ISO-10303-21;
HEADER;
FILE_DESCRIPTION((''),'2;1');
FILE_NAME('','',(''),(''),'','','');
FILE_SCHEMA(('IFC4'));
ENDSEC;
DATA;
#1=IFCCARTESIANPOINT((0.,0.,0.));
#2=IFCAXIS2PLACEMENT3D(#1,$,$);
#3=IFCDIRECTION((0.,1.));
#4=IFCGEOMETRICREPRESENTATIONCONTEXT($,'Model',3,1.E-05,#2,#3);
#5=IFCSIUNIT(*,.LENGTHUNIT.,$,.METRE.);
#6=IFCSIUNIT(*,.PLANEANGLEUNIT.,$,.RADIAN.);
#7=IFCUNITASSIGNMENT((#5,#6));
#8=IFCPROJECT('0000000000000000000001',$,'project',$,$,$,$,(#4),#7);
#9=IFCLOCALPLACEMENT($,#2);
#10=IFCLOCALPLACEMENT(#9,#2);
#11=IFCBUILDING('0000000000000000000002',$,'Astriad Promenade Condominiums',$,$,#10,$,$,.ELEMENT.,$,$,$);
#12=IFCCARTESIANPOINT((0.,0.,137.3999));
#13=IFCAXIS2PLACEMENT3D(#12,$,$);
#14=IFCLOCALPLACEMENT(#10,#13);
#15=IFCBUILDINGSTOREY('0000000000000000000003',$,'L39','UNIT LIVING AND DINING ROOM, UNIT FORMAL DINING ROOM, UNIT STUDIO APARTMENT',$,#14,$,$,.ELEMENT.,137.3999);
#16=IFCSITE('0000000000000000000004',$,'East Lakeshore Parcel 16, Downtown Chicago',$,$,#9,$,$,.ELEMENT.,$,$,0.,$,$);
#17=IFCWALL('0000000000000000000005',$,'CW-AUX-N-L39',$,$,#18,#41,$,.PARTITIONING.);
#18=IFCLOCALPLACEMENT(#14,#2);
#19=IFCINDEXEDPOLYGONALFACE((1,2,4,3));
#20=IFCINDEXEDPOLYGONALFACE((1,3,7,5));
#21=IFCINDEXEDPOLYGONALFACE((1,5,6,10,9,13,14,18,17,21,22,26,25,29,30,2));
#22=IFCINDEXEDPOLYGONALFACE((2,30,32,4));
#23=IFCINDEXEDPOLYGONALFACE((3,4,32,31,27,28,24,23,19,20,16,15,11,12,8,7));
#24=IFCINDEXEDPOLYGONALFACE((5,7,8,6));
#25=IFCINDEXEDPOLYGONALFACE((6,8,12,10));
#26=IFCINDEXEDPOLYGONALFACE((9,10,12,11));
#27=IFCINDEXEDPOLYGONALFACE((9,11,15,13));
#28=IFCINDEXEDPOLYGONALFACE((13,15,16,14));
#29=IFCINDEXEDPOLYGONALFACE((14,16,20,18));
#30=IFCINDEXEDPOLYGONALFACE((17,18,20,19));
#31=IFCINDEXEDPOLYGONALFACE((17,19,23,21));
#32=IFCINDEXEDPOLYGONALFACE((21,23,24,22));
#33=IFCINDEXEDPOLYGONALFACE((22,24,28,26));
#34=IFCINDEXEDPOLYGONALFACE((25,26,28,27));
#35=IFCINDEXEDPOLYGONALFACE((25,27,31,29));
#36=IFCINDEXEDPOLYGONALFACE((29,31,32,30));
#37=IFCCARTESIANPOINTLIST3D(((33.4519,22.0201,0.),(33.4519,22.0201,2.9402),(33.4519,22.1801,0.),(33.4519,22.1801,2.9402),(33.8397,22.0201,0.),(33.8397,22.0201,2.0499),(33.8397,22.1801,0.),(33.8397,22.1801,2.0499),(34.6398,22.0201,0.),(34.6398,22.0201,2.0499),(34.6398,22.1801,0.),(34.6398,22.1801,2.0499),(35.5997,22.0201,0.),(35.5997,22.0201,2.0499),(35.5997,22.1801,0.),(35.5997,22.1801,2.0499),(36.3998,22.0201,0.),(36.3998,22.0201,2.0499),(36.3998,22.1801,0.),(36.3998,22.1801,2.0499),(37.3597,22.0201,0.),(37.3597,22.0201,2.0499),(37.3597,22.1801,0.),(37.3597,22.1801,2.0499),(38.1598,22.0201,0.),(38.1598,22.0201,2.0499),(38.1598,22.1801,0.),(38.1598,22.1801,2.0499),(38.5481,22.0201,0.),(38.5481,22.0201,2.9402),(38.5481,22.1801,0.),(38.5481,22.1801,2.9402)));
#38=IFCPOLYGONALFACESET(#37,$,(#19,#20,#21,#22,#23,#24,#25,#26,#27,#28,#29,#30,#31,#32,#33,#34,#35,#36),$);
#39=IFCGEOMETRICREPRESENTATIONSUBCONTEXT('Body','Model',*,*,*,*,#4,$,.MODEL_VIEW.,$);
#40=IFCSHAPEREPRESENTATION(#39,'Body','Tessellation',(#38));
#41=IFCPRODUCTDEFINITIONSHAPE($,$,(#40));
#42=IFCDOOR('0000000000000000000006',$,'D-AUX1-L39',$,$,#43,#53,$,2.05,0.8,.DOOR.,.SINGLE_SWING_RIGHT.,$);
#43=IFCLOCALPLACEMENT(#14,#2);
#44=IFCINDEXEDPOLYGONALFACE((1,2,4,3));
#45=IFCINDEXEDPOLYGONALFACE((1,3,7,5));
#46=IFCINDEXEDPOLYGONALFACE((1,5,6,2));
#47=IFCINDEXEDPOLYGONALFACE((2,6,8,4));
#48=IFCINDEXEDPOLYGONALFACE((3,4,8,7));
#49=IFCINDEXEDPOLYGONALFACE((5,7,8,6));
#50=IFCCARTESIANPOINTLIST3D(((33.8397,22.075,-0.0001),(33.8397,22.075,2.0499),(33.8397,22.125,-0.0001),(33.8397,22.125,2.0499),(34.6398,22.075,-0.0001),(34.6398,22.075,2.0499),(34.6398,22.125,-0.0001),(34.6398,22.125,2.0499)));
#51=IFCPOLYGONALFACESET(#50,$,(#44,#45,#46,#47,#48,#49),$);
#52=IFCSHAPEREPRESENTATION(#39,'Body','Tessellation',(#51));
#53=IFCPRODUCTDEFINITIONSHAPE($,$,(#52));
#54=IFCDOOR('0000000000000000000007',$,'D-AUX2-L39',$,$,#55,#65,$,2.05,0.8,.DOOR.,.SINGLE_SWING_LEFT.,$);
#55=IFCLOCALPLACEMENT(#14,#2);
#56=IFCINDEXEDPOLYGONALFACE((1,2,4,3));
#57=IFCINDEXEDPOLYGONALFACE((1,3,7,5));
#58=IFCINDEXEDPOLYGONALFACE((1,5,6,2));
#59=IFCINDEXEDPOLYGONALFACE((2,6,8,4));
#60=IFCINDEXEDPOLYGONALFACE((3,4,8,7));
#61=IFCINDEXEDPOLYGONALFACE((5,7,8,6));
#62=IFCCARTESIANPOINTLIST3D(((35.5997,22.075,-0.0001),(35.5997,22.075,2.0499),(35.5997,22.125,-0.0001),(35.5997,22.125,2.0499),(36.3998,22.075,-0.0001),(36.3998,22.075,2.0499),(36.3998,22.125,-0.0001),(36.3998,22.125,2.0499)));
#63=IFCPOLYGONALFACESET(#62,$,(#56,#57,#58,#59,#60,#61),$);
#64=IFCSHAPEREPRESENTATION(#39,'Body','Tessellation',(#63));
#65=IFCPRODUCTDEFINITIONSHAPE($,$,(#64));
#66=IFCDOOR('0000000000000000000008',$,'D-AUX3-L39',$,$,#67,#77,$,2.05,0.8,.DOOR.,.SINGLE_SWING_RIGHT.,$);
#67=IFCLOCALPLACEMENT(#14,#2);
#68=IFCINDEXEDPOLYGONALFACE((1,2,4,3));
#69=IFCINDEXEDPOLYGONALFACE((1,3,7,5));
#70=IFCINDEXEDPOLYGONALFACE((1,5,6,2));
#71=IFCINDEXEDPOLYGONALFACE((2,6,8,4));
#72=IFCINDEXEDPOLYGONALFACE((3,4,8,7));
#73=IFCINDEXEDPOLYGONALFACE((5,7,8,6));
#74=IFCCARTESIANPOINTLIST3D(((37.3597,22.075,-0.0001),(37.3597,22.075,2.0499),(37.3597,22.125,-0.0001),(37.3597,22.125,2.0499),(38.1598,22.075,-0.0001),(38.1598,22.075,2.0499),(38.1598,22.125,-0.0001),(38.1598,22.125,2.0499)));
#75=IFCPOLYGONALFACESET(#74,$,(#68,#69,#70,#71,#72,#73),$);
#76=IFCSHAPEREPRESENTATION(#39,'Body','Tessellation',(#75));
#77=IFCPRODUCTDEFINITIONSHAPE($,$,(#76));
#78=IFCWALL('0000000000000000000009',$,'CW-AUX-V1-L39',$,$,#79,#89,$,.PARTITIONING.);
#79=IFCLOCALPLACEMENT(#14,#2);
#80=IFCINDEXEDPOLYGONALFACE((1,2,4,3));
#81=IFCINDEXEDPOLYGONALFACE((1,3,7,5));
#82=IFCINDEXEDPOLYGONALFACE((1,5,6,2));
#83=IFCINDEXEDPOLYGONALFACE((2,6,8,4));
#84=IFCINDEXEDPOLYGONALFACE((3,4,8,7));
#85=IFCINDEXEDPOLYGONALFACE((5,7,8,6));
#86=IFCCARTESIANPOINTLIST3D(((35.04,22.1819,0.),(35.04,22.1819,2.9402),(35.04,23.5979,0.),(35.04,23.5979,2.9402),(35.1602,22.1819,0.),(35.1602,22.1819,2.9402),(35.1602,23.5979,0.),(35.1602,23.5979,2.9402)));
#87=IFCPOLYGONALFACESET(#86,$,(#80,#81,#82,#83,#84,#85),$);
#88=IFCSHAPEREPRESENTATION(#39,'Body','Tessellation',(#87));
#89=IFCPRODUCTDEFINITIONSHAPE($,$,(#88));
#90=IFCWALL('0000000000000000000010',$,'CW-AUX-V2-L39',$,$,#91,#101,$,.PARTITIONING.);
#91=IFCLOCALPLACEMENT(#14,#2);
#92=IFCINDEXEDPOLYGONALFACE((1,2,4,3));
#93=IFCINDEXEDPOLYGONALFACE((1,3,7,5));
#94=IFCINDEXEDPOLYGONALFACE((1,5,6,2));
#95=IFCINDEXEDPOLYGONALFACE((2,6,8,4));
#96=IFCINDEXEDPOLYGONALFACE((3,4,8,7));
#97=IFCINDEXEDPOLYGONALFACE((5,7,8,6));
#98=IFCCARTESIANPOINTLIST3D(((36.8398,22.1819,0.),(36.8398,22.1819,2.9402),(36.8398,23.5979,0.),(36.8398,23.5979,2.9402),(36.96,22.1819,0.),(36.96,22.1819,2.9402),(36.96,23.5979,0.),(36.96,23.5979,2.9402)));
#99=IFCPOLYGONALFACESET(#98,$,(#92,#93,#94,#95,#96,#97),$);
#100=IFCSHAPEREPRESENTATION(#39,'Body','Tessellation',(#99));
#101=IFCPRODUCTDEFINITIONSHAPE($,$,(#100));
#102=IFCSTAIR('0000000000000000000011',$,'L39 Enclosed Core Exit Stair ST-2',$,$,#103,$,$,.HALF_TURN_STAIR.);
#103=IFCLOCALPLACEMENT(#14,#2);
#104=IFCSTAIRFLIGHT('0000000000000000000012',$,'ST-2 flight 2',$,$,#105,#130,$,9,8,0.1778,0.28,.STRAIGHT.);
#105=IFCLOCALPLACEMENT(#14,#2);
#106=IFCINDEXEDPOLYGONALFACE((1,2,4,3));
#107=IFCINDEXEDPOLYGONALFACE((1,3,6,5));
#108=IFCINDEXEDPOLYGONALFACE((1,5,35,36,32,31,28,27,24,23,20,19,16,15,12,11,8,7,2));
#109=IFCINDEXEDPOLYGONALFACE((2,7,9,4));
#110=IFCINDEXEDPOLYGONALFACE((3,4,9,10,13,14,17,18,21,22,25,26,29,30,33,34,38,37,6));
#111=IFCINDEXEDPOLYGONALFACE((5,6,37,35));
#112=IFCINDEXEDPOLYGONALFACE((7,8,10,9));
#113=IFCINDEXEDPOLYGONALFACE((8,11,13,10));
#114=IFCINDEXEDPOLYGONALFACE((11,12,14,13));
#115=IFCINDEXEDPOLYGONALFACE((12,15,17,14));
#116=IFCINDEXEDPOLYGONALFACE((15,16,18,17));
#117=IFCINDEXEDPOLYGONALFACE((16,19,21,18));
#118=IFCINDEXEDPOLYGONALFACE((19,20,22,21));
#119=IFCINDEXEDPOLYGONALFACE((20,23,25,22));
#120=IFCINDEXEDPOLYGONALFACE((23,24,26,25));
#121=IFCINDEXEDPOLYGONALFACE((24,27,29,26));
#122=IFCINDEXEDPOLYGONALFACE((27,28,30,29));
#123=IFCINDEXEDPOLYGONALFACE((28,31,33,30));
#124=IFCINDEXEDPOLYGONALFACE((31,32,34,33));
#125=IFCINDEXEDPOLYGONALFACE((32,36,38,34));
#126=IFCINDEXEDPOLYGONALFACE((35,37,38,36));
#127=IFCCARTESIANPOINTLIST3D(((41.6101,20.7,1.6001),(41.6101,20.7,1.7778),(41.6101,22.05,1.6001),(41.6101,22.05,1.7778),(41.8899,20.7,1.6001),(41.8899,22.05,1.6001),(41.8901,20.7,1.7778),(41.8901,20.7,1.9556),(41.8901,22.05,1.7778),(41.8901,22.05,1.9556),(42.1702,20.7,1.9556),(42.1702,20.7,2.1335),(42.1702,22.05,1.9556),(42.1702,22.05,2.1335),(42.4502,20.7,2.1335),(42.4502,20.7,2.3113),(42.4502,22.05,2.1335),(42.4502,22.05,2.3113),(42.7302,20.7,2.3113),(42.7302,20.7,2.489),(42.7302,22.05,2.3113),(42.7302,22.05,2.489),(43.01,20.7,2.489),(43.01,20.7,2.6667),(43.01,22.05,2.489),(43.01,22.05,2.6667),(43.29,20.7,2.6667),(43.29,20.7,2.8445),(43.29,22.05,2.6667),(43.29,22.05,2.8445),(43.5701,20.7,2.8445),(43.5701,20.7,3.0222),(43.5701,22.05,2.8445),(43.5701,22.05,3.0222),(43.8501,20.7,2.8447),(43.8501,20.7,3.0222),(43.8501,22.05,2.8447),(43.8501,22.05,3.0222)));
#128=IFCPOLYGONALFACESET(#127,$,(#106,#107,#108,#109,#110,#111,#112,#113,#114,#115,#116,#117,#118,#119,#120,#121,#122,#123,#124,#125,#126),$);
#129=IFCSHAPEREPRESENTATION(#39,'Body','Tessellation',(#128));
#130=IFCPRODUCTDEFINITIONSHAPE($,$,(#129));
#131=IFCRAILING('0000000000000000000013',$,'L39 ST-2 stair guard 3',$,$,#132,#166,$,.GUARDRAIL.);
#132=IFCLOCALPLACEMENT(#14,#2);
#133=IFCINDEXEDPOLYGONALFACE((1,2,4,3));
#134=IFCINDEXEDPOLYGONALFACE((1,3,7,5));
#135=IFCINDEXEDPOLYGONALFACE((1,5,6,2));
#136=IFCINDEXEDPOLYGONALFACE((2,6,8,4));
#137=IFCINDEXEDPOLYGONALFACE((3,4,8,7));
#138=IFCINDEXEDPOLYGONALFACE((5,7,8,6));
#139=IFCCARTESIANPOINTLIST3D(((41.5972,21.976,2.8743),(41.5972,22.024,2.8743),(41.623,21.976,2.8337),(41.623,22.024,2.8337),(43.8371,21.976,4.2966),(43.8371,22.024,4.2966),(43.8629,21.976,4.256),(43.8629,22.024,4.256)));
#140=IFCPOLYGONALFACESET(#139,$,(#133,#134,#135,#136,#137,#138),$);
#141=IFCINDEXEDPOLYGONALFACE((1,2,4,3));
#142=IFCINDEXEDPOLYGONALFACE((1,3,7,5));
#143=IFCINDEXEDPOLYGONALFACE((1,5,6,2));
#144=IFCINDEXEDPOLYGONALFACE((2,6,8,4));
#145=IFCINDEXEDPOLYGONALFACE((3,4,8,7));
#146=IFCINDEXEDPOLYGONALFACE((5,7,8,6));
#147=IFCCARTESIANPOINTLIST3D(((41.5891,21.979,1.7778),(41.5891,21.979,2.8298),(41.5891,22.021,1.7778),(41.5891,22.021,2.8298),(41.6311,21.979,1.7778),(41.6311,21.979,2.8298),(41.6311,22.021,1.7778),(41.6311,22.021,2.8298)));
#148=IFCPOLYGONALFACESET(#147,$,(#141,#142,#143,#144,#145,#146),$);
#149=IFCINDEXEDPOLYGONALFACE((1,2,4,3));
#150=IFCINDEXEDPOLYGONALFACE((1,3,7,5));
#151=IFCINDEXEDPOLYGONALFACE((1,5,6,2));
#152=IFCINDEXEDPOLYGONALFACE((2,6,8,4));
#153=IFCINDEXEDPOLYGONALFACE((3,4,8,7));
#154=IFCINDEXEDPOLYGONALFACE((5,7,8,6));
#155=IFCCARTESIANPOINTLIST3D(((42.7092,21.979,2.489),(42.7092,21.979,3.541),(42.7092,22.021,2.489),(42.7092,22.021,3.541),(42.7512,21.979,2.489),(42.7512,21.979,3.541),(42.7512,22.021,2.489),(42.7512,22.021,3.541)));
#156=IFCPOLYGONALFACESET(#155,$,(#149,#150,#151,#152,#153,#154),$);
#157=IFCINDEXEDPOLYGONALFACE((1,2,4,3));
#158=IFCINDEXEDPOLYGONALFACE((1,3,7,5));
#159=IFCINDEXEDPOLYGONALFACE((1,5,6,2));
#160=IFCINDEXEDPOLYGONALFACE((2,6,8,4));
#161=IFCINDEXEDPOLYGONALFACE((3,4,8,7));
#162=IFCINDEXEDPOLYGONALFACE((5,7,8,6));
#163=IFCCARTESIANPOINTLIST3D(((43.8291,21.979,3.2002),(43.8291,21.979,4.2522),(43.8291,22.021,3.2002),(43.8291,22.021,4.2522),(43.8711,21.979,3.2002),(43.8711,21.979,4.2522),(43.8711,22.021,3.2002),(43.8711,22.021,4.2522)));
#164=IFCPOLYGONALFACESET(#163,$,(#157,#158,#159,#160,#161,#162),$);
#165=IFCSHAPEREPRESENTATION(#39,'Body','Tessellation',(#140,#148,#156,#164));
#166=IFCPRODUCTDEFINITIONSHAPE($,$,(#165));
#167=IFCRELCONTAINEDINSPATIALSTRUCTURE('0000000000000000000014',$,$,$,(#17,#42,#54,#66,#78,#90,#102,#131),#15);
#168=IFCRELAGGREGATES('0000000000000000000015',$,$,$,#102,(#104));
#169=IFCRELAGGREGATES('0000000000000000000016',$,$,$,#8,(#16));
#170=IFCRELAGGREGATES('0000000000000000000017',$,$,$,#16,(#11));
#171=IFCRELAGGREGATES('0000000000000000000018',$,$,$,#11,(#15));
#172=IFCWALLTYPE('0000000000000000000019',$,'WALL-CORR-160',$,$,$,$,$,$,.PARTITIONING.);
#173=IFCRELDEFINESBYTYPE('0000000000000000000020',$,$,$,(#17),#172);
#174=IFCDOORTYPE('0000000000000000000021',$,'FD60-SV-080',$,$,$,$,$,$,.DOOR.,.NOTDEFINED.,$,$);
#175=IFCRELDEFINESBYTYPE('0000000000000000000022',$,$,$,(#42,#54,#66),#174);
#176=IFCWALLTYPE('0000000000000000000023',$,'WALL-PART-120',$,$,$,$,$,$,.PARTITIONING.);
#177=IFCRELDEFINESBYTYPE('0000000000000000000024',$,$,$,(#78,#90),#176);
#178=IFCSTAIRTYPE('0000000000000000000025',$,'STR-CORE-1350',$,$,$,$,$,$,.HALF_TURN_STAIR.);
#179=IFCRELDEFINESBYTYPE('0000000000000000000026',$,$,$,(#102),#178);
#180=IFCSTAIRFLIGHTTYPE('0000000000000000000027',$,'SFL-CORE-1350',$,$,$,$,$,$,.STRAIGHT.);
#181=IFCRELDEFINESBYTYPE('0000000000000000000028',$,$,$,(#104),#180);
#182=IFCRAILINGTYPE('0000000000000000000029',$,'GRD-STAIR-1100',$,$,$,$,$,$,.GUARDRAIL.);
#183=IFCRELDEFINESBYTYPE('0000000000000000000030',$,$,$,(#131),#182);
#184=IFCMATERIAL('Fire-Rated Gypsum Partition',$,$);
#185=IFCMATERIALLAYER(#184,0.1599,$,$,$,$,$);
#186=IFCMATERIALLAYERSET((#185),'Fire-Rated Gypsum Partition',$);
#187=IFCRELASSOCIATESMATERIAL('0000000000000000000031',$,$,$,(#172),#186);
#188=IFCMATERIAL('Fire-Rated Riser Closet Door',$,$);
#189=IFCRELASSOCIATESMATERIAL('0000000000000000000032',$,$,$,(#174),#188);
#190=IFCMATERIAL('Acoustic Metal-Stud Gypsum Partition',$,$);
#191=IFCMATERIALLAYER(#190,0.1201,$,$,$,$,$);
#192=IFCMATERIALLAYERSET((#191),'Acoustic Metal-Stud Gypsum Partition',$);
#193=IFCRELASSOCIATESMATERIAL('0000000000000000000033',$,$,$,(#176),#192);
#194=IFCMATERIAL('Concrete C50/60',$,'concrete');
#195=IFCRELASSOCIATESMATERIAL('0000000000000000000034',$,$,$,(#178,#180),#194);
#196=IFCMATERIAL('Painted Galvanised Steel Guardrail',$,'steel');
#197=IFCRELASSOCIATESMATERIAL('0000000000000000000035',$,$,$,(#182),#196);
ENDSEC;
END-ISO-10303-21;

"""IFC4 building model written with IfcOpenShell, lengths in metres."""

from ifc_helpers import new_model, si_unit, direction, frame, frame_2d, origin, origin_2d, place, context, subcontext, project, spatial, polyline, rectangle, outline, extrude, source, transform, mapped, material, layer, layer_set, type_object, type_shapes, element, fill, aggregate, save


model = new_model("IFC4")

# Units and contexts
model_context = context("Model", 3, precision=1e-05, world=origin(), true_north=direction((0.0, 1.0)))
body_context = subcontext(model_context, "Body", "Model", "MODEL_VIEW")
ifc_project = project(units=[si_unit("LENGTHUNIT", "METRE"), si_unit("PLANEANGLEUNIT", "RADIAN")], contexts=[model_context])

# Site, building, storey
site_placement = place(None, origin())
site = spatial("IfcSite", under=ifc_project, at=site_placement, Name="East Lakeshore Parcel 16, Downtown Chicago", CompositionType="ELEMENT", RefElevation=0.0)
building_placement = place(site_placement, origin())
building = spatial("IfcBuilding", under=site, at=building_placement, Name="Astriad Promenade Condominiums", CompositionType="ELEMENT")
storey_placement = place(building_placement, frame((0.0, 0.0, 137.3999)))
storey = spatial("IfcBuildingStorey", under=building, at=storey_placement, Name="L39", Description="UNIT LIVING AND DINING ROOM, UNIT FORMAL DINING ROOM, UNIT STUDIO APARTMENT", CompositionType="ELEMENT", Elevation=137.3999)

# Shared definitions
ifc_material_1 = material(Name="Concrete C50/60", Category="concrete")

# Shared definitions
ifc_material_2 = material(Name="Fire-Rated Gypsum Partition")
ifc_layer_1 = layer(ifc_material_2, 0.1599)
ifc_layer_set_1 = layer_set([ifc_layer_1], Name="Fire-Rated Gypsum Partition")
wall_type_1 = type_object("IfcWallType", Name="WALL-CORR-160", PredefinedType="PARTITIONING", material=ifc_layer_set_1)

# Wall, openings, doors
wall_1_placement = place(storey_placement, frame((33.4519, 22.1001, 0.0), z_axis=(0.0, 0.0, 1.0), x_axis=(1.0, 0.0, 0.0)))
wall_1 = element("IfcWall", 1, at=wall_1_placement, inside=storey, type_object=wall_type_1, Name="CW-AUX-N-L39", PredefinedType="PARTITIONING", context=body_context, shape_type="SweptSolid", body=[
    extrude(rectangle(XDim=5.0962, YDim=0.1599, at=frame_2d((2.5481, 0.0))), origin(), (0.0, 0.0, 1.0), 2.9402),
])
opening_1_placement = place(wall_1_placement, frame((0.3879, 0.0, 0.0)))
opening_1 = element("IfcOpeningElement", 2, at=opening_1_placement, cuts=wall_1, PredefinedType="OPENING", context=body_context, shape_type="SweptSolid", body=[
    extrude(rectangle(XDim=0.8, YDim=2.05, at=frame_2d((0.3999, 1.0249))), frame((0.0, 0.0898, 0.0), z_axis=(0.0, -1.0, 0.0), x_axis=(1.0, 0.0, 0.0)), (0.0, 0.0, 1.0), 0.1799),
])
opening_2_placement = place(wall_1_placement, frame((2.1479, 0.0, 0.0)))
opening_2 = element("IfcOpeningElement", 3, at=opening_2_placement, cuts=wall_1, PredefinedType="OPENING", context=body_context, shape_type="SweptSolid", body=[
    extrude(rectangle(XDim=0.8, YDim=2.05, at=frame_2d((0.3999, 1.0249))), frame((0.0, 0.0898, 0.0), z_axis=(0.0, -1.0, 0.0), x_axis=(1.0, 0.0, 0.0)), (0.0, 0.0, 1.0), 0.1799),
])
opening_3_placement = place(wall_1_placement, frame((3.908, 0.0, 0.0)))
opening_3 = element("IfcOpeningElement", 4, at=opening_3_placement, cuts=wall_1, PredefinedType="OPENING", context=body_context, shape_type="SweptSolid", body=[
    extrude(rectangle(XDim=0.8, YDim=2.05, at=frame_2d((0.3999, 1.0249))), frame((0.0, 0.0898, 0.0), z_axis=(0.0, -1.0, 0.0), x_axis=(1.0, 0.0, 0.0)), (0.0, 0.0, 1.0), 0.1799),
])
ifc_material_3 = material(Name="Fire-Rated Riser Closet Door")
door_type_1 = type_object("IfcDoorType", Name="FD60-SV-080", OperationType="NOTDEFINED", PredefinedType="DOOR", material=ifc_material_3)
shared_shape_1 = source(origin(), body_context, "Body", "SweptSolid", [
    extrude(rectangle(XDim=0.8, YDim=2.05, at=frame_2d((0.3999, 1.0249))), frame((0.0, 0.0249, 0.0), z_axis=(0.0, -1.0, 0.0), x_axis=(1.0, 0.0, 0.0)), (0.0, 0.0, 1.0), 0.05),
])
type_shapes(door_type_1, [shared_shape_1])
door_1_placement = place(opening_1_placement, origin())
door_1 = element("IfcDoor", 5, at=door_1_placement, inside=storey, type_object=door_type_1, Name="D-AUX1-L39", OperationType="SINGLE_SWING_RIGHT", OverallHeight=2.05, OverallWidth=0.8, PredefinedType="DOOR", context=body_context, shape_type="MappedRepresentation", body=[
    mapped(shared_shape_1, transform((0.0, 0.0, 0.0), scale=1.0)),
])
fill(opening_1, door_1)
door_2_placement = place(opening_2_placement, origin())
door_2 = element("IfcDoor", 6, at=door_2_placement, inside=storey, type_object=door_type_1, Name="D-AUX2-L39", OperationType="SINGLE_SWING_LEFT", OverallHeight=2.05, OverallWidth=0.8, PredefinedType="DOOR", context=body_context, shape_type="MappedRepresentation", body=[
    mapped(shared_shape_1, transform((0.0, 0.0, 0.0), scale=1.0)),
])
fill(opening_2, door_2)
door_3_placement = place(opening_3_placement, origin())
door_3 = element("IfcDoor", 7, at=door_3_placement, inside=storey, type_object=door_type_1, Name="D-AUX3-L39", OperationType="SINGLE_SWING_RIGHT", OverallHeight=2.05, OverallWidth=0.8, PredefinedType="DOOR", context=body_context, shape_type="MappedRepresentation", body=[
    mapped(shared_shape_1, transform((0.0, 0.0, 0.0), scale=1.0)),
])
fill(opening_3, door_3)

# Walls
ifc_material_4 = material(Name="Acoustic Metal-Stud Gypsum Partition")
ifc_layer_2 = layer(ifc_material_4, 0.1201)
ifc_layer_set_2 = layer_set([ifc_layer_2], Name="Acoustic Metal-Stud Gypsum Partition")
wall_type_2 = type_object("IfcWallType", Name="WALL-PART-120", PredefinedType="PARTITIONING", material=ifc_layer_set_2)
for number, where, z_axis, x_axis, name in (
    (8, (35.1001, 22.1819, 0.0), (0.0, 0.0, 1.0), (0.0, 1.0, 0.0), "CW-AUX-V1-L39"),
    (9, (36.8999, 22.1819, 0.0), (0.0, 0.0, 1.0), (0.0, 1.0, 0.0), "CW-AUX-V2-L39"),
):
    element("IfcWall", number, at=place(storey_placement, frame(where, z_axis=z_axis, x_axis=x_axis)), inside=storey, type_object=wall_type_2, Name=name, PredefinedType="PARTITIONING", context=body_context, shape_type="SweptSolid", body=[
        extrude(rectangle(XDim=1.416, YDim=0.1201, at=frame_2d((0.708, 0.0))), origin(), (0.0, 0.0, 1.0), 2.9402),
    ])

# Stair, stair flight
stair_type = type_object("IfcStairType", Name="STR-CORE-1350", PredefinedType="HALF_TURN_STAIR", material=ifc_material_1)
stair_placement = place(storey_placement, origin())
stair = element("IfcStair", 10, at=stair_placement, inside=storey, type_object=stair_type, Name="L39 Enclosed Core Exit Stair ST-2", PredefinedType="HALF_TURN_STAIR")
stair_flight_type = type_object("IfcStairFlightType", Name="SFL-CORE-1350", PredefinedType="STRAIGHT", material=ifc_material_1)
shared_shape_2 = source(origin(), body_context, "Body", "SweptSolid", [
    extrude(outline(polyline([(0.0, 0.0), (0.0, 0.1777), (0.28, 0.1777), (0.28, 0.3555), (0.5601, 0.3555), (0.5601, 0.5334), (0.8401, 0.5334), (0.8401, 0.7112), (1.1201, 0.7112), (1.1201, 0.8889), (1.3999, 0.8889), (1.3999, 1.0667), (1.6799, 1.0667), (1.6799, 1.2444), (1.96, 1.2444), (1.96, 1.4221), (2.24, 1.4221), (2.24, 1.6001), (2.24, 1.2446), (0.2798, 0.0), (0.0, 0.0)])), frame((0.0, 0.675, 0.0), z_axis=(0.0, -1.0, 0.0), x_axis=(1.0, 0.0, 0.0)), (0.0, 0.0, 1.0), 1.3501),
])
type_shapes(stair_flight_type, [shared_shape_2])
stair_flight_placement = place(storey_placement, frame((41.6101, 21.375, 1.6001), z_axis=(0.0, 0.0, 1.0), x_axis=(1.0, 0.0, 0.0)))
stair_flight = element("IfcStairFlight", 11, at=stair_flight_placement, type_object=stair_flight_type, Name="ST-2 flight 2", NumberOfRisers=9, NumberOfTreads=8, PredefinedType="STRAIGHT", RiserHeight=0.1778, TreadLength=0.28, context=body_context, shape_type="MappedRepresentation", body=[
    mapped(shared_shape_2, transform((0.0, 0.0, 0.0), scale=1.0)),
])
aggregate(stair, [stair_flight])

# Railing
ifc_material_5 = material(Name="Painted Galvanised Steel Guardrail", Category="steel")
railing_type_1 = type_object("IfcRailingType", Name="GRD-STAIR-1100", PredefinedType="GUARDRAIL", material=ifc_material_5)
shared_shape_3 = source(origin(), body_context, "Body", "SweptSolid", [
    extrude(rectangle(XDim=0.0481, YDim=0.0481, at=origin_2d()), frame((0.0, 0.0, 1.0762), z_axis=(0.844188, 0.0, 0.536048), x_axis=(0.0, 1.0, 0.0)), (0.0, 0.0, 1.0), 2.6533),
    extrude(rectangle(XDim=0.042, YDim=0.042, at=origin_2d()), origin(), (0.0, 0.0, 1.0), 1.052),
    extrude(rectangle(XDim=0.042, YDim=0.042, at=origin_2d()), frame((1.1201, 0.0, 0.7112)), (0.0, 0.0, 1.0), 1.052),
    extrude(rectangle(XDim=0.042, YDim=0.042, at=origin_2d()), frame((2.24, 0.0, 1.4224)), (0.0, 0.0, 1.0), 1.052),
])
railing_1_placement = place(storey_placement, frame((41.6101, 22.0, 1.7778)))
element("IfcRailing", 12, at=railing_1_placement, inside=storey, type_object=railing_type_1, Name="L39 ST-2 stair guard 3", PredefinedType="GUARDRAIL", context=body_context, shape_type="MappedRepresentation", body=[
    mapped(shared_shape_3, transform((0.0, 0.0, 0.0), scale=1.0)),
])

save(model, "model.ifc")
